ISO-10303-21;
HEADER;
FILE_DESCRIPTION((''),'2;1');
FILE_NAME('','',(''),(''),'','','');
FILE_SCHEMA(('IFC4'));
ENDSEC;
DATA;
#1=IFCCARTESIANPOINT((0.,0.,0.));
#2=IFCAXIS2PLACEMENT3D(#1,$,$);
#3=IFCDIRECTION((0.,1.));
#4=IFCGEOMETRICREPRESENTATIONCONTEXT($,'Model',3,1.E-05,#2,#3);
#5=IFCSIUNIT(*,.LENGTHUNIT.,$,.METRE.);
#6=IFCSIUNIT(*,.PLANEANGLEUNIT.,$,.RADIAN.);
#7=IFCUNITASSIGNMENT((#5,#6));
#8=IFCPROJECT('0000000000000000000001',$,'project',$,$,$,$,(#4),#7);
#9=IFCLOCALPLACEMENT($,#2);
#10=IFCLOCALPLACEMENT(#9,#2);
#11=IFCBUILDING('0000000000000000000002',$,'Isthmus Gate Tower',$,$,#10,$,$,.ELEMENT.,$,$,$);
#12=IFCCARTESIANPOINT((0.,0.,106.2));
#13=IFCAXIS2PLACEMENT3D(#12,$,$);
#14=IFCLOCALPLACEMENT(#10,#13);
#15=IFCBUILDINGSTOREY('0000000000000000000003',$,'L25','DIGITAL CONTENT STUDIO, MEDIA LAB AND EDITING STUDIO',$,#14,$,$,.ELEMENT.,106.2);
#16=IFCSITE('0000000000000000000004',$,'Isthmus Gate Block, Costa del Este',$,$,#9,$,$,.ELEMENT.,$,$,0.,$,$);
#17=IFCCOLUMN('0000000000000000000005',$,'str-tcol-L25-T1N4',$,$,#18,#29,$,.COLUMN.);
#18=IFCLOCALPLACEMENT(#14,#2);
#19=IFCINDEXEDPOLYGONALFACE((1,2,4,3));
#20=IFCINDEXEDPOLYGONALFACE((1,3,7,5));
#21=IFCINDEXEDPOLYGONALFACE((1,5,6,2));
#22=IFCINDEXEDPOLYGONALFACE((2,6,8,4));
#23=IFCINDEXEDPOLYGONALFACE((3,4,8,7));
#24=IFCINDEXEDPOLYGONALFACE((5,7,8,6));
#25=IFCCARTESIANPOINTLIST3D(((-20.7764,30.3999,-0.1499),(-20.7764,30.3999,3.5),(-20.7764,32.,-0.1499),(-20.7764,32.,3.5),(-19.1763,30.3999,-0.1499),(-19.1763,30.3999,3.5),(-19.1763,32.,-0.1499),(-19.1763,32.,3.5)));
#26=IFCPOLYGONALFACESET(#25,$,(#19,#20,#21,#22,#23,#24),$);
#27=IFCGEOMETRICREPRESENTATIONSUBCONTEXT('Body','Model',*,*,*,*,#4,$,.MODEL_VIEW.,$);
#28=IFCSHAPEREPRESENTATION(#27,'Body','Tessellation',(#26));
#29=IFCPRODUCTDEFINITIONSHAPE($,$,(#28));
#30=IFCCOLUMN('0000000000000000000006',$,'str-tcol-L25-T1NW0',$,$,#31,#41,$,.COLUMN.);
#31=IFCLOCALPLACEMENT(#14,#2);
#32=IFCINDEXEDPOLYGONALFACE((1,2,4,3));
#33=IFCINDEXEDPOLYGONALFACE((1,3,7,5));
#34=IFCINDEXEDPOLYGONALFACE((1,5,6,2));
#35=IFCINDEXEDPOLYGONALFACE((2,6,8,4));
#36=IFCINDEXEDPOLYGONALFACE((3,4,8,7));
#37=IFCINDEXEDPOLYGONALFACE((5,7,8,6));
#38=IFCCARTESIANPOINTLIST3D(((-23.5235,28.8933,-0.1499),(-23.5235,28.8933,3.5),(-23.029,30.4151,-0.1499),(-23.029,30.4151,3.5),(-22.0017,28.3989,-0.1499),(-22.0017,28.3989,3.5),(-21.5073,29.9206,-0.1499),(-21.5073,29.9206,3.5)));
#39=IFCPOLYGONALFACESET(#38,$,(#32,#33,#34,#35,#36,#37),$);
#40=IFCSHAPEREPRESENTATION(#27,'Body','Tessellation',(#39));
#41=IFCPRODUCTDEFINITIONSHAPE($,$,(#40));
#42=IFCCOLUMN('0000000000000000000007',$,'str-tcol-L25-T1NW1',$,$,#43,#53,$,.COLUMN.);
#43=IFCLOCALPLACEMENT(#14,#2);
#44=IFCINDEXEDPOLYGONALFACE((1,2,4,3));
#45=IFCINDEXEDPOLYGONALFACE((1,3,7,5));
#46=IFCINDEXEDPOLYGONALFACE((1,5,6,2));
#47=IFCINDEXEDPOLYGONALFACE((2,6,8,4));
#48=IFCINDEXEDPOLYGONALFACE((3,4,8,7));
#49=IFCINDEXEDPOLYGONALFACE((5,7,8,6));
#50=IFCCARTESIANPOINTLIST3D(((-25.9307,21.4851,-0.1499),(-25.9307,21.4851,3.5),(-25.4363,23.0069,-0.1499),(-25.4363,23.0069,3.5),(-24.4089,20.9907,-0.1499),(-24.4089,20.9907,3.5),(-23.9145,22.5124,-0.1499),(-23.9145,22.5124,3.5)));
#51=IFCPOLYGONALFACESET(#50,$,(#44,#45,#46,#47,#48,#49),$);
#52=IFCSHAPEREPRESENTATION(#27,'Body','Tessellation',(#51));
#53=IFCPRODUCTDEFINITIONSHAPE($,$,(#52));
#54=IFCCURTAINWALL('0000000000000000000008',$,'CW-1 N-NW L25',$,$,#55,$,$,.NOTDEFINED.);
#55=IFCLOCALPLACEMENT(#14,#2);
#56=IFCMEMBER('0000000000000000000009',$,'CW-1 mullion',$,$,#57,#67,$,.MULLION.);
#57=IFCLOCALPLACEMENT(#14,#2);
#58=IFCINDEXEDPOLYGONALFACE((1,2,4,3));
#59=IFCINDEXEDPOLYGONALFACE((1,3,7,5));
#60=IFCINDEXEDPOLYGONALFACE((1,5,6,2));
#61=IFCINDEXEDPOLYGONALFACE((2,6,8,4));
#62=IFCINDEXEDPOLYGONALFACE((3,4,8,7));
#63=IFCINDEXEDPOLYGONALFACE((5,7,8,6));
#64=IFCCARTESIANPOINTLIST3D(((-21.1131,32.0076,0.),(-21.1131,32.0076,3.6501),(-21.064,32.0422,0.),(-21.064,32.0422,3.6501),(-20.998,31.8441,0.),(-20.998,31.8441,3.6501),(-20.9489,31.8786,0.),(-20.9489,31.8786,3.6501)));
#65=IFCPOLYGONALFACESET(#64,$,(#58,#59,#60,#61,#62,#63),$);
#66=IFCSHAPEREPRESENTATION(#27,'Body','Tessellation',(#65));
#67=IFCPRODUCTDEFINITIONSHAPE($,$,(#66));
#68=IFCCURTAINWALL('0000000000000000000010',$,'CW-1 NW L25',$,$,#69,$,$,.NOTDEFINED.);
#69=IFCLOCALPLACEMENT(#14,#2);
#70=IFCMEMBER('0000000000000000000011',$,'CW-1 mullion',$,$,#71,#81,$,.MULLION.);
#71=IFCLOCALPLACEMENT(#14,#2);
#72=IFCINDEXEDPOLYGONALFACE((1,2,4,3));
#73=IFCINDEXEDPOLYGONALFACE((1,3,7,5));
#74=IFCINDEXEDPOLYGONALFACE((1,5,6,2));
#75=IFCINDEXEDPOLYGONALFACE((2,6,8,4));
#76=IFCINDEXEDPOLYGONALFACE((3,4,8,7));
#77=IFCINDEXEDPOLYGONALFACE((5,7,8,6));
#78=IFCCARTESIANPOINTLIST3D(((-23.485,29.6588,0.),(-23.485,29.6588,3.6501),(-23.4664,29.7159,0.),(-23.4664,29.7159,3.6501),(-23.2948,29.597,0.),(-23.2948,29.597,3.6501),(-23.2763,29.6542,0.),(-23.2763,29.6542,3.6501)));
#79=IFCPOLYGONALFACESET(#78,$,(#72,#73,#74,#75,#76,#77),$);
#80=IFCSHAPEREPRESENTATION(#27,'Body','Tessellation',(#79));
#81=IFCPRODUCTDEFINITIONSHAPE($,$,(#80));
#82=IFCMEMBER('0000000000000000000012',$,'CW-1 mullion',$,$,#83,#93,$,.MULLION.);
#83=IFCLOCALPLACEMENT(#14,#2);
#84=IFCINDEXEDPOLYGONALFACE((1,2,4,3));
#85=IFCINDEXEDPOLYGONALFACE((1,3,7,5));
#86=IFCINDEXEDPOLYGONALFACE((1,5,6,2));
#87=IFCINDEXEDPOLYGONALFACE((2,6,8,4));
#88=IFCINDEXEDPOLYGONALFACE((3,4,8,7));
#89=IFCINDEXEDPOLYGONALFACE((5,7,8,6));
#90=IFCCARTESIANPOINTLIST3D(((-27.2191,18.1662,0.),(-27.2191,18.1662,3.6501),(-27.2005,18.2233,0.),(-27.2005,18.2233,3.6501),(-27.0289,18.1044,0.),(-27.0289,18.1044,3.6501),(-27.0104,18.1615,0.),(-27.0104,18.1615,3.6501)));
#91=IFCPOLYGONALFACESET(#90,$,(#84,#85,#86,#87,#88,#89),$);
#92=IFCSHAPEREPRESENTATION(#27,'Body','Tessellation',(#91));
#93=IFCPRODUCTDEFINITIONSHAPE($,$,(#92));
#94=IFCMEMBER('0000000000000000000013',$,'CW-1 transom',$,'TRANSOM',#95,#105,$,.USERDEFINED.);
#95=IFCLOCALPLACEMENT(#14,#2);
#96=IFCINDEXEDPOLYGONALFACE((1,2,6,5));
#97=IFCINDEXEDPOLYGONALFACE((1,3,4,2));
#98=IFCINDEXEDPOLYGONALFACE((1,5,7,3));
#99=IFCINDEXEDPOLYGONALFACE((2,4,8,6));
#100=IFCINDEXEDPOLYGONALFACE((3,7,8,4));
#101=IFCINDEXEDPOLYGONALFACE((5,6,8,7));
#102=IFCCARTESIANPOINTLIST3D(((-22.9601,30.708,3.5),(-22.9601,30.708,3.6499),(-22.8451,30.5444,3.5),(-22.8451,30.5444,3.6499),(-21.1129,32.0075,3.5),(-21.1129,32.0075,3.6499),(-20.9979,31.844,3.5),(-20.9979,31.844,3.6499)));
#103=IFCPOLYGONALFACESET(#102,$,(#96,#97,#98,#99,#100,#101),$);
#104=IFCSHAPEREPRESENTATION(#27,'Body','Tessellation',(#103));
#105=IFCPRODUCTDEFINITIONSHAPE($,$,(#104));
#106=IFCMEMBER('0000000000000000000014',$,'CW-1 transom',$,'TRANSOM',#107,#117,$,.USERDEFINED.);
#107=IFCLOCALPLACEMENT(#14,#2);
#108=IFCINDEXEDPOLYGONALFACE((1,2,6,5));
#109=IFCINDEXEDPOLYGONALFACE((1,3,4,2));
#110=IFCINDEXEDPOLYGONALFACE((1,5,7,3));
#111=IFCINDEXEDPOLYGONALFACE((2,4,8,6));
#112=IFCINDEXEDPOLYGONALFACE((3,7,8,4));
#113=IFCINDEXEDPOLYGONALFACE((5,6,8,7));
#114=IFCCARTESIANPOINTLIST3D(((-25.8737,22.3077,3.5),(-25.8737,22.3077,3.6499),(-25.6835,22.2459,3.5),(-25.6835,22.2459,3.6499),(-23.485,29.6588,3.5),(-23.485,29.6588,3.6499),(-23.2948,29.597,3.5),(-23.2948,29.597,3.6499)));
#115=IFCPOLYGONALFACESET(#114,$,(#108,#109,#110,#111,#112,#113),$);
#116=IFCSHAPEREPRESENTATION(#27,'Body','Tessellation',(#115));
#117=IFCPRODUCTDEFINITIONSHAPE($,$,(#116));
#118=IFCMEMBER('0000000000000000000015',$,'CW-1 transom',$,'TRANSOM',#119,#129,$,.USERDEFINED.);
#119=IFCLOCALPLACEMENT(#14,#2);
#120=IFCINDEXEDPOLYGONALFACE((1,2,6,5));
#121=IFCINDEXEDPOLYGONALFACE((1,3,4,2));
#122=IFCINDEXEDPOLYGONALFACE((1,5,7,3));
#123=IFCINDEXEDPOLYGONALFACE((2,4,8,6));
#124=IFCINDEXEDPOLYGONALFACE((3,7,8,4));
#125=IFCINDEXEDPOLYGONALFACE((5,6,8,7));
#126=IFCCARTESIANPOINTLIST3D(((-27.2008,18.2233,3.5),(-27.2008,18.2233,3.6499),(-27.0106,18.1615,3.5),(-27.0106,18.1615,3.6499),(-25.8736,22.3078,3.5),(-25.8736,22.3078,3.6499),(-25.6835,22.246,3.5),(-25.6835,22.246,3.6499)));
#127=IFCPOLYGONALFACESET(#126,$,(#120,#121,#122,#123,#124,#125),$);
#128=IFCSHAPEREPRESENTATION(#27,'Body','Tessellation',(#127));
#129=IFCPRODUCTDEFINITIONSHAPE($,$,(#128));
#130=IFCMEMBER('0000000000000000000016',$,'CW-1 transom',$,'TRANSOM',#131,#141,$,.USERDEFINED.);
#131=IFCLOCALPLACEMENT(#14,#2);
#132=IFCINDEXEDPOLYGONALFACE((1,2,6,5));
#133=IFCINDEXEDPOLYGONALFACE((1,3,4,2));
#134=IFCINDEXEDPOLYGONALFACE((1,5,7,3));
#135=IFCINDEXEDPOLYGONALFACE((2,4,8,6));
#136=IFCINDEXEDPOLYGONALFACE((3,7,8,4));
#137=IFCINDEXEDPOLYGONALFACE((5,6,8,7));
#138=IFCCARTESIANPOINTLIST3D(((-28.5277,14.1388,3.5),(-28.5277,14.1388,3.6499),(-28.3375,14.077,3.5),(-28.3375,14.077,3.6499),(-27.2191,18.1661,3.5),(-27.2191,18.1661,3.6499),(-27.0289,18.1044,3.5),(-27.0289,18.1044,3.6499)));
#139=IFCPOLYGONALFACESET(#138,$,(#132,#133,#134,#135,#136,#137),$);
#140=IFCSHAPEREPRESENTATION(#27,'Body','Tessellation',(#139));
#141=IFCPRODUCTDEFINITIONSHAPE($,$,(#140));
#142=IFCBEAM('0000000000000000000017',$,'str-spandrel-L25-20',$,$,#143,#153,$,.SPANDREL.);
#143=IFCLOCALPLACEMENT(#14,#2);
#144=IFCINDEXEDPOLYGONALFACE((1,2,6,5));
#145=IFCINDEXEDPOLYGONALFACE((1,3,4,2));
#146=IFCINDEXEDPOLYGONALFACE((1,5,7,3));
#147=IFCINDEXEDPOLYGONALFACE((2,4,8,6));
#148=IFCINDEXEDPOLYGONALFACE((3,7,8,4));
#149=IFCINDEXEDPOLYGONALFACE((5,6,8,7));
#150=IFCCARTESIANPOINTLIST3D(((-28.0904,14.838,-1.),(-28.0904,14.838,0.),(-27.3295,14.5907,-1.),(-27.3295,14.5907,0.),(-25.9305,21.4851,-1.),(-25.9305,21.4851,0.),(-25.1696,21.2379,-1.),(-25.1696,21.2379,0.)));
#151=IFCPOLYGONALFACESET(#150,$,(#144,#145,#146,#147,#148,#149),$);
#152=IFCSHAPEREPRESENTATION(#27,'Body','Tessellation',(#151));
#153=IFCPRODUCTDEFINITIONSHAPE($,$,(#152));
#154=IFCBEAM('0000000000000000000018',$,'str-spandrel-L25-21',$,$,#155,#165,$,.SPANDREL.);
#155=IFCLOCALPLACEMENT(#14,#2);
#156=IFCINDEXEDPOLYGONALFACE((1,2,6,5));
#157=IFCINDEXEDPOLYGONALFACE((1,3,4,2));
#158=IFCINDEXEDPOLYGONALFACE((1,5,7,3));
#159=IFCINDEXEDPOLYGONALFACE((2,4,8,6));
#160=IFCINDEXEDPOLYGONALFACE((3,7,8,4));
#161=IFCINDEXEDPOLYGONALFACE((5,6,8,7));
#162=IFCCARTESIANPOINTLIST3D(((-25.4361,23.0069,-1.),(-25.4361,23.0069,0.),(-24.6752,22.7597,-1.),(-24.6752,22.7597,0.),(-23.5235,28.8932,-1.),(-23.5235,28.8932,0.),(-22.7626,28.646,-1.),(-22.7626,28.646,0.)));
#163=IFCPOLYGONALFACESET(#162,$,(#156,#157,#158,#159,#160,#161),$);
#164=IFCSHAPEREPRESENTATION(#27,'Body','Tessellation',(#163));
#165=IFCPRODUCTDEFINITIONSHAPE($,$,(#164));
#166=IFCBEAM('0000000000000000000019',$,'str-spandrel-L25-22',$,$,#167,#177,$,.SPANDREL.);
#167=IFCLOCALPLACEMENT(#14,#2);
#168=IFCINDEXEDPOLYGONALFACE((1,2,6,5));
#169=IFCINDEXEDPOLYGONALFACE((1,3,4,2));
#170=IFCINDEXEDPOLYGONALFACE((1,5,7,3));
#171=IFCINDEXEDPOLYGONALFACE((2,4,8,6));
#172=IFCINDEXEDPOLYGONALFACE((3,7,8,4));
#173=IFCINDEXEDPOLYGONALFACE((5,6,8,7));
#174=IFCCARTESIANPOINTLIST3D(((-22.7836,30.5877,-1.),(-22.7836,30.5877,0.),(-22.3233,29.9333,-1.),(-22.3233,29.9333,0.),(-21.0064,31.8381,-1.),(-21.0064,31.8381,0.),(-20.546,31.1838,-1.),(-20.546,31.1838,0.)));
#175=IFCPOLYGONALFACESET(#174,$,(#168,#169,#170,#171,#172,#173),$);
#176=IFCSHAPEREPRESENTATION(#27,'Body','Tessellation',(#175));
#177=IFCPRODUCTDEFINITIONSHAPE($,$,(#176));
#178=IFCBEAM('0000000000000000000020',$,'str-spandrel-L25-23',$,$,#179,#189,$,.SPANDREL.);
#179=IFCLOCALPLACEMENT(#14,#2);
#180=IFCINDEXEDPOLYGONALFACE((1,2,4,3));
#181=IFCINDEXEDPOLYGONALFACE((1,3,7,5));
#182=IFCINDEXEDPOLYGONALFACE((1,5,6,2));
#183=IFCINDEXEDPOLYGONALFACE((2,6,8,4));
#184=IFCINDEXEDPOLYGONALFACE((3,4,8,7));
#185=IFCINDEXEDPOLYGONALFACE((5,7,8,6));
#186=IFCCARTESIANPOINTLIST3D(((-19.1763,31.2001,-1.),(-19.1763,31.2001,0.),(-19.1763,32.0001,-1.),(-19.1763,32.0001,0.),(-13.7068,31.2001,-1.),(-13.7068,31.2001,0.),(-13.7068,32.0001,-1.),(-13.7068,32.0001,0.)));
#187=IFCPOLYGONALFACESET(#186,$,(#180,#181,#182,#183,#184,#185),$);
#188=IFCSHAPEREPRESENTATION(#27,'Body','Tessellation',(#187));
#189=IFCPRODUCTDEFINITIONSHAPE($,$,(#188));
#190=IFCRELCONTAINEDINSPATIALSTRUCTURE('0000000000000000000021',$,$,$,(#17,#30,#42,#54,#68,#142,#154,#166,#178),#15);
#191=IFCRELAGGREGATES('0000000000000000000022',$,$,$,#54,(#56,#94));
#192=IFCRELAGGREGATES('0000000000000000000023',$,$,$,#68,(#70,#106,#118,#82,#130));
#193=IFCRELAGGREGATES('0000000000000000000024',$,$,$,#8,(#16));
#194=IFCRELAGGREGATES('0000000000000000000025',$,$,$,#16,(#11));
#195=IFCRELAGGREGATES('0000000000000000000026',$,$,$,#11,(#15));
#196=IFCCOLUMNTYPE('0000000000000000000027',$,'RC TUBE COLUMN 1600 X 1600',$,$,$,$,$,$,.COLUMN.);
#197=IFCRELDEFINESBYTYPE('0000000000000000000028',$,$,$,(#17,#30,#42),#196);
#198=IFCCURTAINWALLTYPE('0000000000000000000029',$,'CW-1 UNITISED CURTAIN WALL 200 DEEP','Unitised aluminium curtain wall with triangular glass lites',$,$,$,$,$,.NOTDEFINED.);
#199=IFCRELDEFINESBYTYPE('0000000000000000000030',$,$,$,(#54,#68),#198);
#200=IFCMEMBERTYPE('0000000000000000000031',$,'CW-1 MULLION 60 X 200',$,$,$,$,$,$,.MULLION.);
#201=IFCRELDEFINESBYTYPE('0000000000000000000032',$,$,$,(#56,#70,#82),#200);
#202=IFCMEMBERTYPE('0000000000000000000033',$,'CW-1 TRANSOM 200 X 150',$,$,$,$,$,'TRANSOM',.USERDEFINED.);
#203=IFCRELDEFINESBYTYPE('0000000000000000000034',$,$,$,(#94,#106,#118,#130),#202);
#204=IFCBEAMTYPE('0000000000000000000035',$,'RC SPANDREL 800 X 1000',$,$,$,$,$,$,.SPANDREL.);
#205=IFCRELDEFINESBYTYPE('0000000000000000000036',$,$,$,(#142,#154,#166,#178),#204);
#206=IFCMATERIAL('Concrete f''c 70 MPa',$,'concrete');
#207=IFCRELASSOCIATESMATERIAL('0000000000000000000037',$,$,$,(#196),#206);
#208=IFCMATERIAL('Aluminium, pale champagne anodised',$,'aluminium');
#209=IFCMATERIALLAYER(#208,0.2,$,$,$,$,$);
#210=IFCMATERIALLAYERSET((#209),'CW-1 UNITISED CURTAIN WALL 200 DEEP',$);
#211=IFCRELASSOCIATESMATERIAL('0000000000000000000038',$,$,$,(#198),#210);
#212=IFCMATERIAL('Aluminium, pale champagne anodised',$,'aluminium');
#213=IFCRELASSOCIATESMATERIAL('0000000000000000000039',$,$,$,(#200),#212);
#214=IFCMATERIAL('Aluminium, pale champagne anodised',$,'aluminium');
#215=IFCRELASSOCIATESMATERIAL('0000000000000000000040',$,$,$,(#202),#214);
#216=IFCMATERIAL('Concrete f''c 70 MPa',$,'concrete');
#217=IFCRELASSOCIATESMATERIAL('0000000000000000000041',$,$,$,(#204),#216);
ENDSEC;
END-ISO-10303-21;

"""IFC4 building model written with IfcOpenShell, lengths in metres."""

from ifc_helpers import new_model, si_unit, direction, frame, origin, origin_2d, place, context, subcontext, project, spatial, rectangle, extrude, material, layer, layer_set, material_profile, profile_set, type_object, element, aggregate, save


model = new_model("IFC4")

# Units and contexts
model_context = context("Model", 3, precision=1e-05, world=origin(), true_north=direction((0.0, 1.0)))
body_context = subcontext(model_context, "Body", "Model", "MODEL_VIEW")
ifc_project = project(units=[si_unit("LENGTHUNIT", "METRE"), si_unit("PLANEANGLEUNIT", "RADIAN")], contexts=[model_context])

# Site, building, storey
site_placement = place(None, origin())
site = spatial("IfcSite", under=ifc_project, at=site_placement, Name="Isthmus Gate Block, Costa del Este", CompositionType="ELEMENT", RefElevation=0.0)
building_placement = place(site_placement, origin())
building = spatial("IfcBuilding", under=site, at=building_placement, Name="Isthmus Gate Tower", CompositionType="ELEMENT")
storey_placement = place(building_placement, frame((0.0, 0.0, 106.2)))
storey = spatial("IfcBuildingStorey", under=building, at=storey_placement, Name="L25", Description="DIGITAL CONTENT STUDIO, MEDIA LAB AND EDITING STUDIO", CompositionType="ELEMENT", Elevation=106.2)

# Columns
ifc_material_1 = material(Name="Concrete f'c 70 MPa", Category="concrete")
ifc_material_profile_1 = material_profile(ifc_material_1, rectangle(XDim=1.6001, YDim=1.6001, at=origin_2d()), Name="RC 1600X1600")
ifc_profile_set_1 = profile_set([ifc_material_profile_1], Name="Concrete f'c 70 MPa")
column_type = type_object("IfcColumnType", Name="RC TUBE COLUMN 1600 X 1600", PredefinedType="COLUMN", material=ifc_profile_set_1)
for number, where, z_axis, x_axis, name in (
    (1, (-19.9763, 31.2, -0.1499), (0.0, 0.0, 1.0), (-1.0, 0.0, 0.0), "str-tcol-L25-T1N4"),
    (2, (-22.5154, 29.407, -0.1499), (0.0, 0.0, 1.0), (-0.309017, -0.951057, 0.0), "str-tcol-L25-T1NW0"),
    (3, (-24.9226, 21.9988, -0.1499), (0.0, 0.0, 1.0), (-0.309017, -0.951057, 0.0), "str-tcol-L25-T1NW1"),
):
    element("IfcColumn", number, at=place(storey_placement, frame(where, z_axis=z_axis, x_axis=x_axis)), inside=storey, type_object=column_type, Name=name, PredefinedType="COLUMN", context=body_context, shape_type="SweptSolid", body=[
        extrude(rectangle(XDim=1.6001, YDim=1.6001, at=origin_2d()), origin(), (0.0, 0.0, 1.0), 3.6499),
    ])

# Curtain wall, member
ifc_material_2 = material(Name="Aluminium, pale champagne anodised", Category="aluminium")
ifc_layer_1 = layer(ifc_material_2, 0.2)
ifc_layer_set_1 = layer_set([ifc_layer_1], Name="CW-1 UNITISED CURTAIN WALL 200 DEEP")
curtain_wall_type = type_object("IfcCurtainWallType", Name="CW-1 UNITISED CURTAIN WALL 200 DEEP", Description="Unitised aluminium curtain wall with triangular glass lites", PredefinedType="NOTDEFINED", material=ifc_layer_set_1)
curtain_wall_1_placement = place(storey_placement, origin())
curtain_wall_1 = element("IfcCurtainWall", 4, at=curtain_wall_1_placement, inside=storey, type_object=curtain_wall_type, Name="CW-1 N-NW L25", PredefinedType="NOTDEFINED")
ifc_material_3 = material(Name="Aluminium, pale champagne anodised", Category="aluminium")
ifc_material_profile_2 = material_profile(ifc_material_3, rectangle(XDim=0.0601, YDim=0.2, at=origin_2d()), Name="60x200")
ifc_profile_set_2 = profile_set([ifc_material_profile_2], Name="Aluminium, pale champagne anodised")
member_type_1 = type_object("IfcMemberType", Name="CW-1 MULLION 60 X 200", PredefinedType="MULLION", material=ifc_profile_set_2)
member_1_placement = place(storey_placement, frame((-21.031, 31.9431, 0.0), z_axis=(0.0, 0.0, 1.0), x_axis=(-0.81786, -0.575418, 0.0)))
member_1 = element("IfcMember", 5, at=member_1_placement, type_object=member_type_1, Name="CW-1 mullion", PredefinedType="MULLION", context=body_context, shape_type="SweptSolid", body=[
    extrude(rectangle(XDim=0.0601, YDim=0.2, at=origin_2d()), origin(), (0.0, 0.0, 1.0), 3.6501),
])

# Curtain wall, members
curtain_wall_2_placement = place(storey_placement, origin())
curtain_wall_2 = element("IfcCurtainWall", 6, at=curtain_wall_2_placement, inside=storey, type_object=curtain_wall_type, Name="CW-1 NW L25", PredefinedType="NOTDEFINED")
member_2_placement = place(storey_placement, frame((-23.3806, 29.6565, 0.0), z_axis=(0.0, 0.0, 1.0), x_axis=(-0.309017, -0.951057, 0.0)))
member_2 = element("IfcMember", 7, at=member_2_placement, type_object=member_type_1, Name="CW-1 mullion", PredefinedType="MULLION", context=body_context, shape_type="SweptSolid", body=[
    extrude(rectangle(XDim=0.0601, YDim=0.2, at=origin_2d()), origin(), (0.0, 0.0, 1.0), 3.6501),
])
member_3_placement = place(storey_placement, frame((-27.1147, 18.1638, 0.0), z_axis=(0.0, 0.0, 1.0), x_axis=(-0.309017, -0.951057, 0.0)))
member_3 = element("IfcMember", 8, at=member_3_placement, type_object=member_type_1, Name="CW-1 mullion", PredefinedType="MULLION", context=body_context, shape_type="SweptSolid", body=[
    extrude(rectangle(XDim=0.0601, YDim=0.2, at=origin_2d()), origin(), (0.0, 0.0, 1.0), 3.6501),
])

# Members
ifc_material_4 = material(Name="Aluminium, pale champagne anodised", Category="aluminium")
ifc_material_profile_3 = material_profile(ifc_material_4, rectangle(XDim=0.2, YDim=0.1499, at=origin_2d()), Name="200x150")
ifc_profile_set_3 = profile_set([ifc_material_profile_3], Name="Aluminium, pale champagne anodised")
member_type_2 = type_object("IfcMemberType", Name="CW-1 TRANSOM 200 X 150", ElementType="TRANSOM", PredefinedType="USERDEFINED", material=ifc_profile_set_3)
member_4_placement = place(storey_placement, frame((-21.0554, 31.9258, 3.575), z_axis=(-0.817869, -0.575405, 0.0), x_axis=(0.575405, -0.817869, 0.0)))
member_4 = element("IfcMember", 9, at=member_4_placement, type_object=member_type_2, Name="CW-1 transom", ObjectType="TRANSOM", PredefinedType="USERDEFINED", context=body_context, shape_type="SweptSolid", body=[
    extrude(rectangle(XDim=0.2, YDim=0.1499, at=origin_2d()), origin(), (0.0, 0.0, 1.0), 2.2585),
])
member_5_placement = place(storey_placement, frame((-23.3899, 29.6279, 3.575), z_axis=(-0.309036, -0.95105, 0.0), x_axis=(0.95105, -0.309036, 0.0)))
member_5 = element("IfcMember", 10, at=member_5_placement, type_object=member_type_2, Name="CW-1 transom", ObjectType="TRANSOM", PredefinedType="USERDEFINED", context=body_context, shape_type="SweptSolid", body=[
    extrude(rectangle(XDim=0.2, YDim=0.1499, at=origin_2d()), origin(), (0.0, 0.0, 1.0), 7.7295),
])
member_6_placement = place(storey_placement, frame((-25.7786, 22.2769, 3.575), z_axis=(-0.309022, -0.951055, 0.0), x_axis=(0.951055, -0.309022, 0.0)))
member_6 = element("IfcMember", 11, at=member_6_placement, type_object=member_type_2, Name="CW-1 transom", ObjectType="TRANSOM", PredefinedType="USERDEFINED", context=body_context, shape_type="SweptSolid", body=[
    extrude(rectangle(XDim=0.2, YDim=0.1499, at=origin_2d()), origin(), (0.0, 0.0, 1.0), 4.2947),
])
member_7_placement = place(storey_placement, frame((-27.124, 18.1353, 3.575), z_axis=(-0.309023, -0.951054, 0.0), x_axis=(0.951054, -0.309023, 0.0)))
member_7 = element("IfcMember", 12, at=member_7_placement, type_object=member_type_2, Name="CW-1 transom", ObjectType="TRANSOM", PredefinedType="USERDEFINED", context=body_context, shape_type="SweptSolid", body=[
    extrude(rectangle(XDim=0.2, YDim=0.1499, at=origin_2d()), origin(), (0.0, 0.0, 1.0), 4.2346),
])

# Beams
ifc_material_5 = material(Name="Concrete f'c 70 MPa", Category="concrete")
ifc_material_profile_4 = material_profile(ifc_material_5, rectangle(XDim=0.8, YDim=1.0, at=origin_2d()), Name="RC 800X1000")
ifc_profile_set_4 = profile_set([ifc_material_profile_4], Name="Concrete f'c 70 MPa")
beam_type_1 = type_object("IfcBeamType", Name="RC SPANDREL 800 X 1000", PredefinedType="SPANDREL", material=ifc_profile_set_4)
beam_1_placement = place(storey_placement, frame((-27.71, 14.7144, -0.5), z_axis=(0.30903, 0.951052, 0.0), x_axis=(-0.951052, 0.30903, 0.0)))
element("IfcBeam", 13, at=beam_1_placement, inside=storey, type_object=beam_type_1, Name="str-spandrel-L25-20", PredefinedType="SPANDREL", context=body_context, shape_type="SweptSolid", body=[
    extrude(rectangle(XDim=0.8, YDim=1.0, at=origin_2d()), origin(), (0.0, 0.0, 1.0), 6.9893),
])
beam_2_placement = place(storey_placement, frame((-25.0557, 22.8833, -0.5), z_axis=(0.309024, 0.951054, 0.0), x_axis=(-0.951054, 0.309024, 0.0)))
element("IfcBeam", 14, at=beam_2_placement, inside=storey, type_object=beam_type_1, Name="str-spandrel-L25-21", PredefinedType="SPANDREL", context=body_context, shape_type="SweptSolid", body=[
    extrude(rectangle(XDim=0.8, YDim=1.0, at=origin_2d()), origin(), (0.0, 0.0, 1.0), 6.1892),
])
beam_3_placement = place(storey_placement, frame((-22.5535, 30.2605, -0.5), z_axis=(0.817857, 0.575421, 0.0), x_axis=(-0.575421, 0.817857, 0.0)))
element("IfcBeam", 15, at=beam_3_placement, inside=storey, type_object=beam_type_1, Name="str-spandrel-L25-22", PredefinedType="SPANDREL", context=body_context, shape_type="SweptSolid", body=[
    extrude(rectangle(XDim=0.8, YDim=1.0, at=origin_2d()), origin(), (0.0, 0.0, 1.0), 2.1731),
])
beam_4_placement = place(storey_placement, frame((-19.1763, 31.6001, -0.5), z_axis=(1.0, 0.0, 0.0), x_axis=(0.0, 1.0, 0.0)))
element("IfcBeam", 16, at=beam_4_placement, inside=storey, type_object=beam_type_1, Name="str-spandrel-L25-23", PredefinedType="SPANDREL", context=body_context, shape_type="SweptSolid", body=[
    extrude(rectangle(XDim=0.8, YDim=1.0, at=origin_2d()), origin(), (0.0, 0.0, 1.0), 5.4695),
])

aggregate(curtain_wall_1, [member_1, member_4])

aggregate(curtain_wall_2, [member_2, member_5, member_6, member_3, member_7])

save(model, "model.ifc")
